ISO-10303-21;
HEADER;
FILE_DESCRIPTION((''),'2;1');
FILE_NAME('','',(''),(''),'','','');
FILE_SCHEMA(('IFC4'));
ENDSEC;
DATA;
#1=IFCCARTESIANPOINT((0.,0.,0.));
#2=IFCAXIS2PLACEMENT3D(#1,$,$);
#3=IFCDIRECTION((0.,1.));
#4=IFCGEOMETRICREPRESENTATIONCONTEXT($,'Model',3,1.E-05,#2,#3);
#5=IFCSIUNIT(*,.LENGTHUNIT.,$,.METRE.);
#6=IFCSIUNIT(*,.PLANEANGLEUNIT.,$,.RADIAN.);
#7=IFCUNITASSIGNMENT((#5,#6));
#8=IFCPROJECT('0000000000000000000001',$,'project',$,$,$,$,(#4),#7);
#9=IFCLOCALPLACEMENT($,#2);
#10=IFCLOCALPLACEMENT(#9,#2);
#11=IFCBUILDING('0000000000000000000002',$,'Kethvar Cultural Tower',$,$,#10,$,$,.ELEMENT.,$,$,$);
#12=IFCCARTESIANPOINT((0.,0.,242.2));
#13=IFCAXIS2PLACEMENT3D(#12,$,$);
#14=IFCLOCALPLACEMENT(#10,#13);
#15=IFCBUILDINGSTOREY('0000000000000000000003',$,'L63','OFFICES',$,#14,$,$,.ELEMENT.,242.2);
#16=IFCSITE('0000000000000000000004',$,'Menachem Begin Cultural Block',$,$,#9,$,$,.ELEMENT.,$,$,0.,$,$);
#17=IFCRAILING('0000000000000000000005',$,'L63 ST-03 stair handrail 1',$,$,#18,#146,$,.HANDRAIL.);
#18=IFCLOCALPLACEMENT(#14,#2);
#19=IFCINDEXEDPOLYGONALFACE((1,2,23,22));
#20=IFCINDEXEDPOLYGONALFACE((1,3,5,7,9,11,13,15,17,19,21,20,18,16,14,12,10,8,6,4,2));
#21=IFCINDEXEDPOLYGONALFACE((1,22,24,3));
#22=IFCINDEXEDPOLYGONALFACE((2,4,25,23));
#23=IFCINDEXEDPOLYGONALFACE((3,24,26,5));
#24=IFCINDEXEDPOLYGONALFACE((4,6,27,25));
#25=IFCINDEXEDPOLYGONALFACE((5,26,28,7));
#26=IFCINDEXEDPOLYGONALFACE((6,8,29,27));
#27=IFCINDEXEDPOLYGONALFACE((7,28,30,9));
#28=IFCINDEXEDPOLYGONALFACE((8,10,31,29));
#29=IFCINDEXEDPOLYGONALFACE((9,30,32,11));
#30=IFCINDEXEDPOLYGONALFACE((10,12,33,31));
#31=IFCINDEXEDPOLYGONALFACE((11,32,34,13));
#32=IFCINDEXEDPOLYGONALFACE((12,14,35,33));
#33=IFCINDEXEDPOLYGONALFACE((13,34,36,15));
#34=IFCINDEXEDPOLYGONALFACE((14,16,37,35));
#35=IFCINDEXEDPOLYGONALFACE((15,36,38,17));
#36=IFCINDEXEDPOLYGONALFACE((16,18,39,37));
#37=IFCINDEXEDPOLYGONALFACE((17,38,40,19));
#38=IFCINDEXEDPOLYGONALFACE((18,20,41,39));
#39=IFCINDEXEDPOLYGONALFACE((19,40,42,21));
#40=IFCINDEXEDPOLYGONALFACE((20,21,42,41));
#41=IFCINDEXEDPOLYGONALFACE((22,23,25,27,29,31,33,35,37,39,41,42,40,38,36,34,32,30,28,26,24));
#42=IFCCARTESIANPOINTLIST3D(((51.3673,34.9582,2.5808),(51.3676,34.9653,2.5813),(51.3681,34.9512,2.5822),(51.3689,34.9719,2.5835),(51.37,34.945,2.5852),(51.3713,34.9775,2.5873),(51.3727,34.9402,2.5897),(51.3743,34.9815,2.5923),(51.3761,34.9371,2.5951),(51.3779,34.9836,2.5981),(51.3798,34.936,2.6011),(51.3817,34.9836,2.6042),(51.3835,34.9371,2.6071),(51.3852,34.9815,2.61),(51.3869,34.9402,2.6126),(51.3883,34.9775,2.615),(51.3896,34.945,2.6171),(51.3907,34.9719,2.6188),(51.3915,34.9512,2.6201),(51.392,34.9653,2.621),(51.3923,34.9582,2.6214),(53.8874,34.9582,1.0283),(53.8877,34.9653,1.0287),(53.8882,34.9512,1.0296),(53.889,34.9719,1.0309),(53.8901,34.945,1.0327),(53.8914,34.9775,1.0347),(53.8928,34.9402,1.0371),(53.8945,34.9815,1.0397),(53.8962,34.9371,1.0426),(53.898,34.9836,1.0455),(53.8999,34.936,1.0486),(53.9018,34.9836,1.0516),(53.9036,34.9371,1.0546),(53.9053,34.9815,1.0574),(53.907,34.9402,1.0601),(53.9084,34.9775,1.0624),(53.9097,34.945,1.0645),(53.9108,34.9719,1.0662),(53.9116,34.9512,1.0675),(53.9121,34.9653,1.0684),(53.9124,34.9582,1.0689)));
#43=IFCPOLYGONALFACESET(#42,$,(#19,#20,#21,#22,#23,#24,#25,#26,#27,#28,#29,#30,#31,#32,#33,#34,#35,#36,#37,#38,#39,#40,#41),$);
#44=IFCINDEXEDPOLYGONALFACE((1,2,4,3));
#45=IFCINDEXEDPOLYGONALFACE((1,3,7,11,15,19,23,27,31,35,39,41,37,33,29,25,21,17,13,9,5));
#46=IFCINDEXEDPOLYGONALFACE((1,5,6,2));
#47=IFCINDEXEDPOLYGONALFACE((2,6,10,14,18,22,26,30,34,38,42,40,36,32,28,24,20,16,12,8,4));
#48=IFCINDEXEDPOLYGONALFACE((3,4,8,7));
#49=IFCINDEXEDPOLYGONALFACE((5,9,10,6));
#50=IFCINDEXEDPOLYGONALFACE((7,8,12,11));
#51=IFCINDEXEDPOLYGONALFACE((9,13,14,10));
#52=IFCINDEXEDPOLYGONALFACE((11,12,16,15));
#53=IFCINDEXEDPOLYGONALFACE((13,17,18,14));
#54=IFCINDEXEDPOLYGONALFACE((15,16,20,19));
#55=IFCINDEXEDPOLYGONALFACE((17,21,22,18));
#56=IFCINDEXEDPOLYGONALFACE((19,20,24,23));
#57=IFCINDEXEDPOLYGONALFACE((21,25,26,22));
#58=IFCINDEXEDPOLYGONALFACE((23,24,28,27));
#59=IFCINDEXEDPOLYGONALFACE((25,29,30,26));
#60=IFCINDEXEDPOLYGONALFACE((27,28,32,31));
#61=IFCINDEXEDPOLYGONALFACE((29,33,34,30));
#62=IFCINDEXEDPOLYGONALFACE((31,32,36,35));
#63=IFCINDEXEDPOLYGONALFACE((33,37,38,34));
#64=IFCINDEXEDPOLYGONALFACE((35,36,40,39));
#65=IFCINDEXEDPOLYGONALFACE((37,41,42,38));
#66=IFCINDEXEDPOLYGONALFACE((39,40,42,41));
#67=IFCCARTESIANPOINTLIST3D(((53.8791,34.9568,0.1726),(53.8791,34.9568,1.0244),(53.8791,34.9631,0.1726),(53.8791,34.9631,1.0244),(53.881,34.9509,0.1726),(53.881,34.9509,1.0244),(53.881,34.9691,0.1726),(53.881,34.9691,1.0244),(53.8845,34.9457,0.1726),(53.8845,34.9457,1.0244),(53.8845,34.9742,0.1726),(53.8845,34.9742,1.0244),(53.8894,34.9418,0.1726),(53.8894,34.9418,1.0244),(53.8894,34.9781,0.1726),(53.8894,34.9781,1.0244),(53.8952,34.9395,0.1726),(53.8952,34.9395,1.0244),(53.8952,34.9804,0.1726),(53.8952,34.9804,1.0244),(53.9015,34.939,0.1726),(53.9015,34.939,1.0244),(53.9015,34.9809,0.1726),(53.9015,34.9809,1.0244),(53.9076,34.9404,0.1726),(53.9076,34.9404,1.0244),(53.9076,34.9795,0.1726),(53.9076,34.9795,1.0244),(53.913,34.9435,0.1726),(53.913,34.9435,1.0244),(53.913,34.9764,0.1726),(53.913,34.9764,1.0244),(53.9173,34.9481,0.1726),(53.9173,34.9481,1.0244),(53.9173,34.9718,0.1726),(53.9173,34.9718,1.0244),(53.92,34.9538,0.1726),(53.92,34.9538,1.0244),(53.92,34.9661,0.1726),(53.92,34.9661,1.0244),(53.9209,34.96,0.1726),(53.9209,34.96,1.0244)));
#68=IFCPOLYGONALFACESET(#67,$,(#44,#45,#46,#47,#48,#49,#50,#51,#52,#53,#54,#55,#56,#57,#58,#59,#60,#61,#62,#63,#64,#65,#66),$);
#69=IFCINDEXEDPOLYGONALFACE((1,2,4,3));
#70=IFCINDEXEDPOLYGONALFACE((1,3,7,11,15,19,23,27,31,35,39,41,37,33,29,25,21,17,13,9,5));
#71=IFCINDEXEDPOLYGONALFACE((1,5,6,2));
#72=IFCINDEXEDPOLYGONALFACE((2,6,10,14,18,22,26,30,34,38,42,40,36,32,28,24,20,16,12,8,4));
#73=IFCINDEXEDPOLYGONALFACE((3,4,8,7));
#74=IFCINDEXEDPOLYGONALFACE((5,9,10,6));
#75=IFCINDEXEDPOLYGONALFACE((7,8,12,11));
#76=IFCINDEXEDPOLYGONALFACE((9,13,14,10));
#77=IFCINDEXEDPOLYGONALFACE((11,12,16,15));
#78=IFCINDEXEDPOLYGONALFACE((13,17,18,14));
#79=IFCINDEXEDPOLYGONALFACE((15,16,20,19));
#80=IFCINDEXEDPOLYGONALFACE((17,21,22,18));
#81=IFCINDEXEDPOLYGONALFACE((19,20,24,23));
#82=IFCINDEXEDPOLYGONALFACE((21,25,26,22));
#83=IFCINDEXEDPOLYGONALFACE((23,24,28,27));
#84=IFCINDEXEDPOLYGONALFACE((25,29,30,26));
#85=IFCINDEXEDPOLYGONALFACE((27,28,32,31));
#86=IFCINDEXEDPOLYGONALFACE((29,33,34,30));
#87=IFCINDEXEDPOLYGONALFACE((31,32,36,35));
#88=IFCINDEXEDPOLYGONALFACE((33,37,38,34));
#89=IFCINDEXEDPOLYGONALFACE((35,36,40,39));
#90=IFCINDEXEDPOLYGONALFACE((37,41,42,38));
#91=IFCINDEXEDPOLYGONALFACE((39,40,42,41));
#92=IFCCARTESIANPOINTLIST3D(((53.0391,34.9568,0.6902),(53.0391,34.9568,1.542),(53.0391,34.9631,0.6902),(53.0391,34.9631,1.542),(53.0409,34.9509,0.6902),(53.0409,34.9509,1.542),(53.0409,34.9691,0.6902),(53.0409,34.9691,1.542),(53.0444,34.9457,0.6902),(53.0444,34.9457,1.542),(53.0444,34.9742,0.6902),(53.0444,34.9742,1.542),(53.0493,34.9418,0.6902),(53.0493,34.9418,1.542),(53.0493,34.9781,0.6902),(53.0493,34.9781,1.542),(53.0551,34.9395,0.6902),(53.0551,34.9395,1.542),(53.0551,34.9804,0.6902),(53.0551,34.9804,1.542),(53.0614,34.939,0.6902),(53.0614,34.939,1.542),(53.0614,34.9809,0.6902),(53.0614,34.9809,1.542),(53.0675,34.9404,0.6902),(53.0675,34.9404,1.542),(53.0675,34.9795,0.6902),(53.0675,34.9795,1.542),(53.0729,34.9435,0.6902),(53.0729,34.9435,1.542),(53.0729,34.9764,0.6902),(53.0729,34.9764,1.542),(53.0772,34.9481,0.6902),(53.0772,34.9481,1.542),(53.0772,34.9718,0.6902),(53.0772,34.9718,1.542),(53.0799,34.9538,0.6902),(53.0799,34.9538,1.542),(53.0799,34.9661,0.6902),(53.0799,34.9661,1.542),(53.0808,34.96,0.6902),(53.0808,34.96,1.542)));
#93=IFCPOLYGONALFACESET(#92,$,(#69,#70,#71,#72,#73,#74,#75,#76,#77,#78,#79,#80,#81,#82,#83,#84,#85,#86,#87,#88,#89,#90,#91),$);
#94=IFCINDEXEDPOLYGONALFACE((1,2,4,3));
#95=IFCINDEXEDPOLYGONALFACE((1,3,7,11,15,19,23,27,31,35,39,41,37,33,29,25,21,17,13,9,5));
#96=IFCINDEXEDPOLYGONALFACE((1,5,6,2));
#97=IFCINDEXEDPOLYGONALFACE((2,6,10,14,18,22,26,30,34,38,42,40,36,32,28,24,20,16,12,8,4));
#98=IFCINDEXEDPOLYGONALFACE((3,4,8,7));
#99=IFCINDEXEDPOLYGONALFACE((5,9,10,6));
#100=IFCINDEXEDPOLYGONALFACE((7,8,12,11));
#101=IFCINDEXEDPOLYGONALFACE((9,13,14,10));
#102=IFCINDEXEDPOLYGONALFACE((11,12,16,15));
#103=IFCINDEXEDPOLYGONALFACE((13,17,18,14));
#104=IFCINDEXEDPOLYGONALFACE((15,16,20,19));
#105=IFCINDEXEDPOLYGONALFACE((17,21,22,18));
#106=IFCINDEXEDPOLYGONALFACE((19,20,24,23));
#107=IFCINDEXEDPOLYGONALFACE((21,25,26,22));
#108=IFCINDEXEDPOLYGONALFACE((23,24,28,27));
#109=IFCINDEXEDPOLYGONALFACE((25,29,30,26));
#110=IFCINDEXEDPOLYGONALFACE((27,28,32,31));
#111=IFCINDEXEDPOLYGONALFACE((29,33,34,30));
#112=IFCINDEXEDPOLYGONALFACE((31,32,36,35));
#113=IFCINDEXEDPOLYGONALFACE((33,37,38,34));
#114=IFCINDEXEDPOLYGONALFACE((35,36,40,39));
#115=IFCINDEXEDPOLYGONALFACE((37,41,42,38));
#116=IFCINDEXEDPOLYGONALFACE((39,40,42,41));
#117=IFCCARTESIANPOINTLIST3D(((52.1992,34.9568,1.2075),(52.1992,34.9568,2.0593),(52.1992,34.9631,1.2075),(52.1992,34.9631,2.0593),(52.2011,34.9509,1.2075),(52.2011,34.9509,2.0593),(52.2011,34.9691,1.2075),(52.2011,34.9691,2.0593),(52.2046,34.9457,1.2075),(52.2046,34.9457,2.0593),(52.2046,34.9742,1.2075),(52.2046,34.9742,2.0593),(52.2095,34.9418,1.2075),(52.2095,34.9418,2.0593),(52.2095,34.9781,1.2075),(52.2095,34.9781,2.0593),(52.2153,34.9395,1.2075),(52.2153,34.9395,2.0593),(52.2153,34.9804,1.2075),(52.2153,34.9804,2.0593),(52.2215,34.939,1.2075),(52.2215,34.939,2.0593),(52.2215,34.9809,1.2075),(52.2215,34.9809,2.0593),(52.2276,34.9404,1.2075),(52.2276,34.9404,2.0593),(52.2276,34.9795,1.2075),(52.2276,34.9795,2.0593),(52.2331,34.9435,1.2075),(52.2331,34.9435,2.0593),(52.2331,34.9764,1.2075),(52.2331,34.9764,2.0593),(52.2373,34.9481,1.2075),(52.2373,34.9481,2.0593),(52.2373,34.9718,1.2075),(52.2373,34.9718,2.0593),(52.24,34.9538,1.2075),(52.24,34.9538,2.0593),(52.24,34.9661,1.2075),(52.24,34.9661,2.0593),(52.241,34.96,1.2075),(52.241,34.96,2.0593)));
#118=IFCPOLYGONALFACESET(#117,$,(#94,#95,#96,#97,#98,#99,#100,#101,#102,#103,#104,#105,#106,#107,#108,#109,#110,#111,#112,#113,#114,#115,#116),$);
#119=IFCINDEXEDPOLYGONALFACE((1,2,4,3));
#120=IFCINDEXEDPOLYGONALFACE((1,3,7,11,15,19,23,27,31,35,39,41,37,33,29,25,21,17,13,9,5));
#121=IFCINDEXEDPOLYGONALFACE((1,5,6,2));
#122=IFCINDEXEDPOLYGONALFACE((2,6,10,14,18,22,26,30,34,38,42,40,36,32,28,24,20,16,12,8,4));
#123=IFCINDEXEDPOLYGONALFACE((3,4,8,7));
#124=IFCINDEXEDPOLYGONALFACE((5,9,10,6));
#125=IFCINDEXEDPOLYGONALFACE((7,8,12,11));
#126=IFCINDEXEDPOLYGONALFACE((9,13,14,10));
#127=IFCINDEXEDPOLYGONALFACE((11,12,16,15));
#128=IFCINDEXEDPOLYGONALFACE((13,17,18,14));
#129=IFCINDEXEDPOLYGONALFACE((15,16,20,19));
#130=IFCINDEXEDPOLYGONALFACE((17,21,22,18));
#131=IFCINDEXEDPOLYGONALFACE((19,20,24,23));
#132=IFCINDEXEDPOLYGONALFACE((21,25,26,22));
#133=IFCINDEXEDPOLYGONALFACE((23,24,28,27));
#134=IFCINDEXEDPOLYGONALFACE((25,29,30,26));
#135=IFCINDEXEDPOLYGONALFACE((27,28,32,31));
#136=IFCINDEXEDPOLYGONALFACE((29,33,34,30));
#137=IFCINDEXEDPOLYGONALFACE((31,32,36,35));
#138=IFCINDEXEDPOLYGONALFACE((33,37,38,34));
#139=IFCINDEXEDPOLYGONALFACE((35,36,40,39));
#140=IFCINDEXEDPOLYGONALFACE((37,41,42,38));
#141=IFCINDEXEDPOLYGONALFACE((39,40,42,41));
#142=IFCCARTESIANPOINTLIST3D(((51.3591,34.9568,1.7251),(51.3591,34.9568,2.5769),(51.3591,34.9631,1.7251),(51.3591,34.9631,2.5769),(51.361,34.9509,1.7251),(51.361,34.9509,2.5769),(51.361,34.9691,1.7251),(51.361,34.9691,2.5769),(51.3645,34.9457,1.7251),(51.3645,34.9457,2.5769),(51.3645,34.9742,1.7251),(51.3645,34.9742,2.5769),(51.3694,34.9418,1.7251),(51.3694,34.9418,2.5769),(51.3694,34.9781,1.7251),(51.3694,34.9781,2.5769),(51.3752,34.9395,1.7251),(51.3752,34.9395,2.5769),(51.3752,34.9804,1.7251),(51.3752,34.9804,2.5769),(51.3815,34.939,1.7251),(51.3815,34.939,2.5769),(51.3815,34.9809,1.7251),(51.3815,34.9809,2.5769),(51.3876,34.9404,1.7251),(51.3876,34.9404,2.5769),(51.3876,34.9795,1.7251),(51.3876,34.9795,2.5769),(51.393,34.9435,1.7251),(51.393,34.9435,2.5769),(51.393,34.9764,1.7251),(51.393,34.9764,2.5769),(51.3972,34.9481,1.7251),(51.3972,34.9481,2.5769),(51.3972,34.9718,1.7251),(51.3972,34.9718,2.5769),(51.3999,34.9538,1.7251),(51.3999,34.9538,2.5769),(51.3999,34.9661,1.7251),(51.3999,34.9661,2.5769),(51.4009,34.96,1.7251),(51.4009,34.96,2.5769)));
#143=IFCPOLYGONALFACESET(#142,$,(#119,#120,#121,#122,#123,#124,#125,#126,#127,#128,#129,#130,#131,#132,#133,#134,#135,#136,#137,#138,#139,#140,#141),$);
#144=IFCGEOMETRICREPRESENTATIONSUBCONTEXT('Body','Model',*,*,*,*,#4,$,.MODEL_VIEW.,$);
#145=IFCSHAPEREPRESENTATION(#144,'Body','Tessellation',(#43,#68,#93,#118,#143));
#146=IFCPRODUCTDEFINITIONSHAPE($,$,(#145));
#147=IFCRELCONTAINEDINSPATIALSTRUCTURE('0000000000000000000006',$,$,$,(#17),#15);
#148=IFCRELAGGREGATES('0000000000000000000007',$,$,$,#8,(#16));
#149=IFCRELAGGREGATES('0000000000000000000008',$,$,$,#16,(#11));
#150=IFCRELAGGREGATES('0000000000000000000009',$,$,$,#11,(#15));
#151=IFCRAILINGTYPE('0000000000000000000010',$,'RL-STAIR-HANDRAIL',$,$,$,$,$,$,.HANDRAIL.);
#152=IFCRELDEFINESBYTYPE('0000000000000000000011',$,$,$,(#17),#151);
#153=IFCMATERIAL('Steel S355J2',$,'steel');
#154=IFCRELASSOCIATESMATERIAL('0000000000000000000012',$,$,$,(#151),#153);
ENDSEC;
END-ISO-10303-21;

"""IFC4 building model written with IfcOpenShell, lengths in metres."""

from ifc_helpers import new_model, si_unit, direction, frame, origin, origin_2d, place, context, subcontext, project, spatial, circle, extrude, material, type_object, element, save


model = new_model("IFC4")

# Units and contexts
model_context = context("Model", 3, precision=1e-05, world=origin(), true_north=direction((0.0, 1.0)))
body_context = subcontext(model_context, "Body", "Model", "MODEL_VIEW")
ifc_project = project(units=[si_unit("LENGTHUNIT", "METRE"), si_unit("PLANEANGLEUNIT", "RADIAN")], contexts=[model_context])

# Site, building, storey
site_placement = place(None, origin())
site = spatial("IfcSite", under=ifc_project, at=site_placement, Name="Menachem Begin Cultural Block", CompositionType="ELEMENT", RefElevation=0.0)
building_placement = place(site_placement, origin())
building = spatial("IfcBuilding", under=site, at=building_placement, Name="Kethvar Cultural Tower", CompositionType="ELEMENT")
storey_placement = place(building_placement, frame((0.0, 0.0, 242.2)))
storey = spatial("IfcBuildingStorey", under=building, at=storey_placement, Name="L63", Description="OFFICES", CompositionType="ELEMENT", Elevation=242.2)

# Shared definitions
ifc_material_1 = material(Name="Steel S355J2", Category="steel")

# Railing
railing_type_1 = type_object("IfcRailingType", Name="RL-STAIR-HANDRAIL", PredefinedType="HANDRAIL", material=ifc_material_1)
railing_1_placement = place(storey_placement, frame((53.8999, 34.96, 0.1726)))
element("IfcRailing", 1, at=railing_1_placement, inside=storey, type_object=railing_type_1, Name="L63 ST-03 stair handrail 1", PredefinedType="HANDRAIL", context=body_context, shape_type="SweptSolid", body=[
    extrude(circle(Radius=0.0239, at=origin_2d()), frame((0.0, 0.0, 0.876), z_axis=(-0.8514, 0.0, 0.524516), x_axis=(0.0, -1.0, 0.0)), (0.0, 0.0, 1.0), 2.96),
    extrude(circle(Radius=0.021, at=origin_2d()), origin(), (0.0, 0.0, 1.0), 0.8518),
    extrude(circle(Radius=0.021, at=origin_2d()), frame((-0.8401, 0.0, 0.5176)), (0.0, 0.0, 1.0), 0.8518),
    extrude(circle(Radius=0.021, at=origin_2d()), frame((-1.6799, 0.0, 1.0349)), (0.0, 0.0, 1.0), 0.8518),
    extrude(circle(Radius=0.021, at=origin_2d()), frame((-2.52, 0.0, 1.5525)), (0.0, 0.0, 1.0), 0.8518),
])

save(model, "model.ifc")
